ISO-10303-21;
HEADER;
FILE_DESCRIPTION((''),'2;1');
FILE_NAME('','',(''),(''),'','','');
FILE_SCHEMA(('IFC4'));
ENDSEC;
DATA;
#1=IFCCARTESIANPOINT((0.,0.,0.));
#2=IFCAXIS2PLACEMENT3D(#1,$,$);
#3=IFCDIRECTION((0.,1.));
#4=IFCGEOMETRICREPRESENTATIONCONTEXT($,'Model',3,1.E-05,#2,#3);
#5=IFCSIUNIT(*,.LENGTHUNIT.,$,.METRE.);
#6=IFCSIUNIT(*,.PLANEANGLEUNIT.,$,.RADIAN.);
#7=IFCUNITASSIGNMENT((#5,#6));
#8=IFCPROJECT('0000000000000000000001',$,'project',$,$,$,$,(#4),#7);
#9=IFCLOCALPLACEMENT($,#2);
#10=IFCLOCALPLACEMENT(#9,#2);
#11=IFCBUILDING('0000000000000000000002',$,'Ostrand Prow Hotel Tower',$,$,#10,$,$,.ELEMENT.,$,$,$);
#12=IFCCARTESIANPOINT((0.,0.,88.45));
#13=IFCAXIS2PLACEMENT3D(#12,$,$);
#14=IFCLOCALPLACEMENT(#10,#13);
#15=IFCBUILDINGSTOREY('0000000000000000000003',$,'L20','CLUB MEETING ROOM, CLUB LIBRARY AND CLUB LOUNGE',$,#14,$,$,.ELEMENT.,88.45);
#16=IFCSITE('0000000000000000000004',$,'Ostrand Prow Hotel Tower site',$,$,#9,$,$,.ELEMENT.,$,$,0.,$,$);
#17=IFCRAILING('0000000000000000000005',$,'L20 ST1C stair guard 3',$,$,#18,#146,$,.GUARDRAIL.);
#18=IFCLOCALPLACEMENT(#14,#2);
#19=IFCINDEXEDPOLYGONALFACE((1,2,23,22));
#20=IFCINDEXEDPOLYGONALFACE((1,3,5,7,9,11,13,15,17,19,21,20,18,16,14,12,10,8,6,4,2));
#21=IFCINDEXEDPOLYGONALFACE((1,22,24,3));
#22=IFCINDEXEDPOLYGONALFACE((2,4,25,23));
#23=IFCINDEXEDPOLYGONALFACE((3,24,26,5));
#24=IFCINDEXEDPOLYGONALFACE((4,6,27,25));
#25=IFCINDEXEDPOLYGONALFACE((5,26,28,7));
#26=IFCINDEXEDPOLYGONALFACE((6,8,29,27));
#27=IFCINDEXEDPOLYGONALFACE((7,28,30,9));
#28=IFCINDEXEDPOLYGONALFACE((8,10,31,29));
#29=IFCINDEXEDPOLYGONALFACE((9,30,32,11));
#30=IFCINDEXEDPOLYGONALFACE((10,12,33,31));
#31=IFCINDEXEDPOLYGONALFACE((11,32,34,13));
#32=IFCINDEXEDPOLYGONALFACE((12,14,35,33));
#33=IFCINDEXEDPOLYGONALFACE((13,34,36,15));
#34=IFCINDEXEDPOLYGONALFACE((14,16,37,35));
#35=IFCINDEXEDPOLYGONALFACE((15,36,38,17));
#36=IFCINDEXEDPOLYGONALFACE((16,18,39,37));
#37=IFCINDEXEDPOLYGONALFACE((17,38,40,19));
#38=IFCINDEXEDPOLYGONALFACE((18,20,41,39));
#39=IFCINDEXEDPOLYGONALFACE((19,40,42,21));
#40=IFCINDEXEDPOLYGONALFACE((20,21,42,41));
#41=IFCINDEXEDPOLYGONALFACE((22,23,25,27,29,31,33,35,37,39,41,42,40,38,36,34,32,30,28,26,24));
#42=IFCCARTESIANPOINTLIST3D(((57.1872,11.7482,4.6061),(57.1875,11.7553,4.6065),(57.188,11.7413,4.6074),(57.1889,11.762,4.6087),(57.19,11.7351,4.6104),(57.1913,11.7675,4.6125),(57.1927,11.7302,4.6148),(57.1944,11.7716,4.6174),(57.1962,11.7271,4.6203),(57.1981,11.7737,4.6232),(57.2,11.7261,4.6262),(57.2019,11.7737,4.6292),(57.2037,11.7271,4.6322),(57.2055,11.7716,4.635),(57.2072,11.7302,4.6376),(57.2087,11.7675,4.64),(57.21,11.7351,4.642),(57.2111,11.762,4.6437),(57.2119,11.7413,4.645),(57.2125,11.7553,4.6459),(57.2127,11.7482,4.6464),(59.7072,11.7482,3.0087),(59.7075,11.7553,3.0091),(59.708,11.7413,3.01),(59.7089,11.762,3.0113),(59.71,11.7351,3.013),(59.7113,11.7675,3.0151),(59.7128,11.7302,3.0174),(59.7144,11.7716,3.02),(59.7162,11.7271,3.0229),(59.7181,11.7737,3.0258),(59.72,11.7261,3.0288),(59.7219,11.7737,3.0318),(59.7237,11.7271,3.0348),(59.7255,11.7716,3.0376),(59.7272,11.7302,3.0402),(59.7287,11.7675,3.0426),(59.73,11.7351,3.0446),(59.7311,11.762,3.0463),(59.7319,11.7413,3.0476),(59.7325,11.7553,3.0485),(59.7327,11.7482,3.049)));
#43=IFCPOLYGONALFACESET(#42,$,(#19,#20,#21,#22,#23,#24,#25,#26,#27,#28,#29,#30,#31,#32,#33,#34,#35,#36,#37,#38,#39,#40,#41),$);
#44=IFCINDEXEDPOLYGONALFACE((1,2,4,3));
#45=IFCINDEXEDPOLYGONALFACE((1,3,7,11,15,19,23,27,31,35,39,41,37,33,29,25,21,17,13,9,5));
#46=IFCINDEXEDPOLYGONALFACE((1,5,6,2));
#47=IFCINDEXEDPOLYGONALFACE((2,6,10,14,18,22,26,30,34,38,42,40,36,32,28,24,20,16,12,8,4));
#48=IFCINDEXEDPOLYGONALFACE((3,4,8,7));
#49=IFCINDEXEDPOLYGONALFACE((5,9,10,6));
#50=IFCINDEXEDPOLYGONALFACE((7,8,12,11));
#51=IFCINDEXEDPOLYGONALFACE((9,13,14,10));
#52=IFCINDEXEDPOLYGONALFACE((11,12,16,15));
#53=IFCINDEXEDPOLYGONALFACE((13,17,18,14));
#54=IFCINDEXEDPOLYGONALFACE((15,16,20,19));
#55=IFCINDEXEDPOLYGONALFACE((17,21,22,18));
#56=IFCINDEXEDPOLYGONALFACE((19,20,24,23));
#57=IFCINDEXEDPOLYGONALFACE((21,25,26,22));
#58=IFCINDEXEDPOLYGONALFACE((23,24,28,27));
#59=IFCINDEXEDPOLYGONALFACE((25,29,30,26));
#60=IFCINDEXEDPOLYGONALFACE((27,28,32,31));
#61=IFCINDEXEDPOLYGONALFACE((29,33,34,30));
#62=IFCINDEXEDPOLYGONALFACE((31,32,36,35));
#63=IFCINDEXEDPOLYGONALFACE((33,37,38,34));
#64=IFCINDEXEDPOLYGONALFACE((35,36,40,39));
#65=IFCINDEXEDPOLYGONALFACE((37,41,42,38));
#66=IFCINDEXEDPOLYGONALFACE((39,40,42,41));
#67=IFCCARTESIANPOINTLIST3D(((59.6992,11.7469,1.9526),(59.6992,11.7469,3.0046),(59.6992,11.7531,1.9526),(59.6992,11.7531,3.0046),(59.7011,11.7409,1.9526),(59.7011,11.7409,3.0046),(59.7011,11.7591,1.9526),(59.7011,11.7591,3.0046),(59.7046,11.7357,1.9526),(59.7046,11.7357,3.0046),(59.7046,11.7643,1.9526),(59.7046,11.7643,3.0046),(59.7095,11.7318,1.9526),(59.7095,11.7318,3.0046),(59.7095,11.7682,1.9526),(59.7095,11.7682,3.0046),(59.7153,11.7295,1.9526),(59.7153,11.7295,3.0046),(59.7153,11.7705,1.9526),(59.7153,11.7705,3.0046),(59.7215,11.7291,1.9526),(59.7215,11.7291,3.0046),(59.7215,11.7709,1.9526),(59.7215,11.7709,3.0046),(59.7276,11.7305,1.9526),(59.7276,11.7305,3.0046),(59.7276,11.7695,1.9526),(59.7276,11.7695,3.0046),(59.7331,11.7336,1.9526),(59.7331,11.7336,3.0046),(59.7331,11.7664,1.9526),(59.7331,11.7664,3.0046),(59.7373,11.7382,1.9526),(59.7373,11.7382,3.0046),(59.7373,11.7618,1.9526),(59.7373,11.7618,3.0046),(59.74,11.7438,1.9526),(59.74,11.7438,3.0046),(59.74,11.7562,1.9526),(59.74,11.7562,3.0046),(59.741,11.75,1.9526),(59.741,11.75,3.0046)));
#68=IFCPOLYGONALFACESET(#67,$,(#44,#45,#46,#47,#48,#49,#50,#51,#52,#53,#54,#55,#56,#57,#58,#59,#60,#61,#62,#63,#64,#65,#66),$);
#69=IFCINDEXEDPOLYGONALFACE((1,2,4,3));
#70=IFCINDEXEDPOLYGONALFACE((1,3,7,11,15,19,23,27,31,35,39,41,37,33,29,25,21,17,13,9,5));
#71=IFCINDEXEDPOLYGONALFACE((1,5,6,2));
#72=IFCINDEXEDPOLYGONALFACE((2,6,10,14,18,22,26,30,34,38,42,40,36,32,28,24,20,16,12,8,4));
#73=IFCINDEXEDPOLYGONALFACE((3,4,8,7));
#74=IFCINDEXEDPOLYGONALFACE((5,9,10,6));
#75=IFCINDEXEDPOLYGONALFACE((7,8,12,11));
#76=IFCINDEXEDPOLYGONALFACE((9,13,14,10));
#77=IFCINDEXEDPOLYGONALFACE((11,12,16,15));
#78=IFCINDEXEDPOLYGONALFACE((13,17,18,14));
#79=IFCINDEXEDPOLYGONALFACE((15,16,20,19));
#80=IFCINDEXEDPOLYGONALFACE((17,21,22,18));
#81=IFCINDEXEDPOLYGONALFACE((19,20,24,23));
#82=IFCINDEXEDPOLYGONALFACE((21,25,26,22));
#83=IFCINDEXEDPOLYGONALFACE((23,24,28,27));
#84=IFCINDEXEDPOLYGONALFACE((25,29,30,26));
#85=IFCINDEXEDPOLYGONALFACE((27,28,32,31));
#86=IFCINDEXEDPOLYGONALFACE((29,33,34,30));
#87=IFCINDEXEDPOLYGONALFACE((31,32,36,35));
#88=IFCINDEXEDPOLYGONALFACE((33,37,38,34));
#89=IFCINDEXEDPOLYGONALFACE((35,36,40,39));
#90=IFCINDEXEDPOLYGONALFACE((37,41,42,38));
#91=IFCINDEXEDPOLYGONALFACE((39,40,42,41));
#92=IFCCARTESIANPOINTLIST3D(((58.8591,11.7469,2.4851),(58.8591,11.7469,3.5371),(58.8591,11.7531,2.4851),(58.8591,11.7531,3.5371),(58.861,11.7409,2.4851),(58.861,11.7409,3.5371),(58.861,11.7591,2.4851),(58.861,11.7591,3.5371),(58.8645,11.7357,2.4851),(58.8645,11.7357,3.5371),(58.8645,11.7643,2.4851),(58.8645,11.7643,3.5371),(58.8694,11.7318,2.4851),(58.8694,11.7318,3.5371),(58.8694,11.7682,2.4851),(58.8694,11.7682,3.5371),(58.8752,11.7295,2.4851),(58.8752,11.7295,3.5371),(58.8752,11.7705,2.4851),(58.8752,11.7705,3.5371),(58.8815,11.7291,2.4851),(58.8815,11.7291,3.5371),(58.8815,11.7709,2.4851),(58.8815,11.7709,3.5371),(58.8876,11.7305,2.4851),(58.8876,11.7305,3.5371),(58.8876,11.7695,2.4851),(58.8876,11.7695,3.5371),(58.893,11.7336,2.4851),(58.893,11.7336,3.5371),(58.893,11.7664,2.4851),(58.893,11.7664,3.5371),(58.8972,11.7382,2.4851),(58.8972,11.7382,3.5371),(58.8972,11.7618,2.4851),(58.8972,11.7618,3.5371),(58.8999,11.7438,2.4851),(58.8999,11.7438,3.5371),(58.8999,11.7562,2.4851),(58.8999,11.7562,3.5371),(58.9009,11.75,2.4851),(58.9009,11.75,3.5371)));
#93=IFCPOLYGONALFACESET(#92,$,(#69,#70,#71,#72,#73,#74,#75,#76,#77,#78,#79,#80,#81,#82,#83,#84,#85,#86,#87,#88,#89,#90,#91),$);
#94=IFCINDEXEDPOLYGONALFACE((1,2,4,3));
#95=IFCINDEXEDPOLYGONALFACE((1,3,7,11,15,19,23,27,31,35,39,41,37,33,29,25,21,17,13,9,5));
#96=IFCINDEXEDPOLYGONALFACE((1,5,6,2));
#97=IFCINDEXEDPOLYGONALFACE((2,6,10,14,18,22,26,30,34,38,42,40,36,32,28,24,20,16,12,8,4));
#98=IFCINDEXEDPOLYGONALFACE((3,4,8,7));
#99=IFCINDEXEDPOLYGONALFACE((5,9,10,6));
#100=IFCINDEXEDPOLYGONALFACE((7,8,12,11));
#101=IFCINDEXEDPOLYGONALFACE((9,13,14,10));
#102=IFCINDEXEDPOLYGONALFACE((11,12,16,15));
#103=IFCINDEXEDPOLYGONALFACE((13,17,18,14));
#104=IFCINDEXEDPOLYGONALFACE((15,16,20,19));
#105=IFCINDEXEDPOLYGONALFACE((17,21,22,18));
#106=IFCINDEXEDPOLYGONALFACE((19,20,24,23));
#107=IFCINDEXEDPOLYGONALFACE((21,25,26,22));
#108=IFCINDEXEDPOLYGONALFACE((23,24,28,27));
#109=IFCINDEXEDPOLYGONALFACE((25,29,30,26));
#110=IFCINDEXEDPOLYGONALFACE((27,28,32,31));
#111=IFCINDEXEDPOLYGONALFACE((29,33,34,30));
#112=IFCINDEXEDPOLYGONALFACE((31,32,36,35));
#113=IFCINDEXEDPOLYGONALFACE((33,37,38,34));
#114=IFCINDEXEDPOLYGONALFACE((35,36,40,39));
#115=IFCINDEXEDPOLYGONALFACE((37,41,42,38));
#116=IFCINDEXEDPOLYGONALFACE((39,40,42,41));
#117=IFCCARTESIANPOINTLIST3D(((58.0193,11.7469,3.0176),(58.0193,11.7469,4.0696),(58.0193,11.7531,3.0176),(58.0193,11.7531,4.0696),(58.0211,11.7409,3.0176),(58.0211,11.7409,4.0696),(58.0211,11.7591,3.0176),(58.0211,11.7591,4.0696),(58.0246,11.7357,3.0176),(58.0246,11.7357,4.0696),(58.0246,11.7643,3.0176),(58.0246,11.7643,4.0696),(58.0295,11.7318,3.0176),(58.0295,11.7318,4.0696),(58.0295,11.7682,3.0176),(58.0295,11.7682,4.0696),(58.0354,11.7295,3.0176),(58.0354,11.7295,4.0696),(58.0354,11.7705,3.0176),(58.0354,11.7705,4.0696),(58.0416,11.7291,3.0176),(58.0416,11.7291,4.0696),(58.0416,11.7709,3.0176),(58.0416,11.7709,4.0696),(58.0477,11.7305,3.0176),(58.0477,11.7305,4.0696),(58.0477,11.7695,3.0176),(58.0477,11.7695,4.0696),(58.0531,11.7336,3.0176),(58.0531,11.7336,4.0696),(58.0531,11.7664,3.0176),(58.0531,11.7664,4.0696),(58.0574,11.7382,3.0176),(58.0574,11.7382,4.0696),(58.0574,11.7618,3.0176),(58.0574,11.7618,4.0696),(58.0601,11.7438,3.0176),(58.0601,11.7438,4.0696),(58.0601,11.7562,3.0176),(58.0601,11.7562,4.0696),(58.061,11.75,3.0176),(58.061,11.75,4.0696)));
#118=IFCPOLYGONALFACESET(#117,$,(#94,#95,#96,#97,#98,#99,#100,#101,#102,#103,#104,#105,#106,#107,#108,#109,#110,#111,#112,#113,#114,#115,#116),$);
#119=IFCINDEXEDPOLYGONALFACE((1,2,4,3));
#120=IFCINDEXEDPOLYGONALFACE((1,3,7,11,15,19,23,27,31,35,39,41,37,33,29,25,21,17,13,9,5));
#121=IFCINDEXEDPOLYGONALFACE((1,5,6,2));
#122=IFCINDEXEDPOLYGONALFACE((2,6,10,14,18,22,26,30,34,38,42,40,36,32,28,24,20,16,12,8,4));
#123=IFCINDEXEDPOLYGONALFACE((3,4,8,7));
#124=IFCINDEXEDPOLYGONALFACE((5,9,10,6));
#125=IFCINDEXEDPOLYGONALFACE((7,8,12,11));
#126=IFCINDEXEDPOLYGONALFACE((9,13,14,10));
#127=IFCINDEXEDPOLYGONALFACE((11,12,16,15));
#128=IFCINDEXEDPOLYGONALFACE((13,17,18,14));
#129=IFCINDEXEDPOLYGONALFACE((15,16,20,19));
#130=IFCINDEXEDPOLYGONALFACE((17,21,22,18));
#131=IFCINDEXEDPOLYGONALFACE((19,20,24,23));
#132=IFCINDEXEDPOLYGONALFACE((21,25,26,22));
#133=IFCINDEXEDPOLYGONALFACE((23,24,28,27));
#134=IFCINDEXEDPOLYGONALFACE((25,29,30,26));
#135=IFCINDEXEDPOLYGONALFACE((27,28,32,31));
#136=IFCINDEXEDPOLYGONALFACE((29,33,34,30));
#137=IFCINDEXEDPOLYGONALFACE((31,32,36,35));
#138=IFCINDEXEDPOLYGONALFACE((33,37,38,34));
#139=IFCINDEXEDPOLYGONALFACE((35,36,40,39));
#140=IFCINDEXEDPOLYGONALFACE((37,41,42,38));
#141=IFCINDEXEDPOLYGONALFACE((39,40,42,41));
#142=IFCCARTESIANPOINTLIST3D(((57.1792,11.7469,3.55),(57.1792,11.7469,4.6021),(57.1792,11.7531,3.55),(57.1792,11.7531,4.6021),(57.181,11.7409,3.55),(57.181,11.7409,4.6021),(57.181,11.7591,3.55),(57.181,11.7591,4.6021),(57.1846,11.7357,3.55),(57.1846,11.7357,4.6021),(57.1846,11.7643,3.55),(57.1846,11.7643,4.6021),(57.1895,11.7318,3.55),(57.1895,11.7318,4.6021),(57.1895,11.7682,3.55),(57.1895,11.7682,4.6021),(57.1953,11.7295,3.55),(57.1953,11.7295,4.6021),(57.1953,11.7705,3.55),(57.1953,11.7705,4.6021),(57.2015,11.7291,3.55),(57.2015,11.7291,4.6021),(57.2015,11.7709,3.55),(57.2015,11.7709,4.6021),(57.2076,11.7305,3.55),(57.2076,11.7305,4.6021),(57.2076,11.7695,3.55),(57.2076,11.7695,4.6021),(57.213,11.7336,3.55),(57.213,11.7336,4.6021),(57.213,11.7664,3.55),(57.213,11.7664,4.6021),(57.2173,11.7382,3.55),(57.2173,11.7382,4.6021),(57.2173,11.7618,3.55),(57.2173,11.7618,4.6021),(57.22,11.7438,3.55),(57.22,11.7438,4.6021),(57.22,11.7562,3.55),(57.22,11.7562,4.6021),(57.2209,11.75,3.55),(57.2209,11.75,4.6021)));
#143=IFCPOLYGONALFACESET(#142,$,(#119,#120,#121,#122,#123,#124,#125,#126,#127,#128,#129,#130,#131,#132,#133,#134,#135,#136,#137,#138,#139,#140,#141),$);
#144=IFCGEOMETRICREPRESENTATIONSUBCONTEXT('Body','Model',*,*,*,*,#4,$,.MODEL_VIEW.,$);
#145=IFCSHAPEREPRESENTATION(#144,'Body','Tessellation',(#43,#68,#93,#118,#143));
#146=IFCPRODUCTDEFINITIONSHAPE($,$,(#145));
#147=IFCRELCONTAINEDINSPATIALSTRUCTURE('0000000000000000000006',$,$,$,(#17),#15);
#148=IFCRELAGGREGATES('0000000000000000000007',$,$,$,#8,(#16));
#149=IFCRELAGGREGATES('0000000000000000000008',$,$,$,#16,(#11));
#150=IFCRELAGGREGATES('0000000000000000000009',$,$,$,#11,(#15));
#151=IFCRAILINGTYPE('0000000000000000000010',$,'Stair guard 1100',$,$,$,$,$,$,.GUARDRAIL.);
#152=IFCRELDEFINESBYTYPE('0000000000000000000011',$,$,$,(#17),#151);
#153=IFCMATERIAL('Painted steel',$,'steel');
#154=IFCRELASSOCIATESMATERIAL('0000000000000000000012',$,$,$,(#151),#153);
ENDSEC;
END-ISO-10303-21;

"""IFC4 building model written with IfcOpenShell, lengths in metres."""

from ifc_helpers import new_model, si_unit, direction, frame, origin, origin_2d, place, context, subcontext, project, spatial, circle, extrude, material, type_object, element, save


model = new_model("IFC4")

# Units and contexts
model_context = context("Model", 3, precision=1e-05, world=origin(), true_north=direction((0.0, 1.0)))
body_context = subcontext(model_context, "Body", "Model", "MODEL_VIEW")
ifc_project = project(units=[si_unit("LENGTHUNIT", "METRE"), si_unit("PLANEANGLEUNIT", "RADIAN")], contexts=[model_context])

# Site, building, storey
site_placement = place(None, origin())
site = spatial("IfcSite", under=ifc_project, at=site_placement, Name="Ostrand Prow Hotel Tower site", CompositionType="ELEMENT", RefElevation=0.0)
building_placement = place(site_placement, origin())
building = spatial("IfcBuilding", under=site, at=building_placement, Name="Ostrand Prow Hotel Tower", CompositionType="ELEMENT")
storey_placement = place(building_placement, frame((0.0, 0.0, 88.45)))
storey = spatial("IfcBuildingStorey", under=building, at=storey_placement, Name="L20", Description="CLUB MEETING ROOM, CLUB LIBRARY AND CLUB LOUNGE", CompositionType="ELEMENT", Elevation=88.45)

# Railing
ifc_material_1 = material(Name="Painted steel", Category="steel")
railing_type_1 = type_object("IfcRailingType", Name="Stair guard 1100", PredefinedType="GUARDRAIL", material=ifc_material_1)
railing_1_placement = place(storey_placement, frame((59.72, 11.75, 1.9526)))
element("IfcRailing", 1, at=railing_1_placement, inside=storey, type_object=railing_type_1, Name="L20 ST1C stair guard 3", PredefinedType="GUARDRAIL", context=body_context, shape_type="SweptSolid", body=[
    extrude(circle(Radius=0.0239, at=origin_2d()), frame((0.0, 0.0, 1.0762), z_axis=(-0.844607, 0.0, 0.535387), x_axis=(0.0, -1.0, 0.0)), (0.0, 0.0, 1.0), 2.9836),
    extrude(circle(Radius=0.021, at=origin_2d()), origin(), (0.0, 0.0, 1.0), 1.052),
    extrude(circle(Radius=0.021, at=origin_2d()), frame((-0.8401, 0.0, 0.5325)), (0.0, 0.0, 1.0), 1.052),
    extrude(circle(Radius=0.021, at=origin_2d()), frame((-1.6799, 0.0, 1.0649)), (0.0, 0.0, 1.0), 1.052),
    extrude(circle(Radius=0.021, at=origin_2d()), frame((-2.52, 0.0, 1.5974)), (0.0, 0.0, 1.0), 1.052),
])

save(model, "model.ifc")
